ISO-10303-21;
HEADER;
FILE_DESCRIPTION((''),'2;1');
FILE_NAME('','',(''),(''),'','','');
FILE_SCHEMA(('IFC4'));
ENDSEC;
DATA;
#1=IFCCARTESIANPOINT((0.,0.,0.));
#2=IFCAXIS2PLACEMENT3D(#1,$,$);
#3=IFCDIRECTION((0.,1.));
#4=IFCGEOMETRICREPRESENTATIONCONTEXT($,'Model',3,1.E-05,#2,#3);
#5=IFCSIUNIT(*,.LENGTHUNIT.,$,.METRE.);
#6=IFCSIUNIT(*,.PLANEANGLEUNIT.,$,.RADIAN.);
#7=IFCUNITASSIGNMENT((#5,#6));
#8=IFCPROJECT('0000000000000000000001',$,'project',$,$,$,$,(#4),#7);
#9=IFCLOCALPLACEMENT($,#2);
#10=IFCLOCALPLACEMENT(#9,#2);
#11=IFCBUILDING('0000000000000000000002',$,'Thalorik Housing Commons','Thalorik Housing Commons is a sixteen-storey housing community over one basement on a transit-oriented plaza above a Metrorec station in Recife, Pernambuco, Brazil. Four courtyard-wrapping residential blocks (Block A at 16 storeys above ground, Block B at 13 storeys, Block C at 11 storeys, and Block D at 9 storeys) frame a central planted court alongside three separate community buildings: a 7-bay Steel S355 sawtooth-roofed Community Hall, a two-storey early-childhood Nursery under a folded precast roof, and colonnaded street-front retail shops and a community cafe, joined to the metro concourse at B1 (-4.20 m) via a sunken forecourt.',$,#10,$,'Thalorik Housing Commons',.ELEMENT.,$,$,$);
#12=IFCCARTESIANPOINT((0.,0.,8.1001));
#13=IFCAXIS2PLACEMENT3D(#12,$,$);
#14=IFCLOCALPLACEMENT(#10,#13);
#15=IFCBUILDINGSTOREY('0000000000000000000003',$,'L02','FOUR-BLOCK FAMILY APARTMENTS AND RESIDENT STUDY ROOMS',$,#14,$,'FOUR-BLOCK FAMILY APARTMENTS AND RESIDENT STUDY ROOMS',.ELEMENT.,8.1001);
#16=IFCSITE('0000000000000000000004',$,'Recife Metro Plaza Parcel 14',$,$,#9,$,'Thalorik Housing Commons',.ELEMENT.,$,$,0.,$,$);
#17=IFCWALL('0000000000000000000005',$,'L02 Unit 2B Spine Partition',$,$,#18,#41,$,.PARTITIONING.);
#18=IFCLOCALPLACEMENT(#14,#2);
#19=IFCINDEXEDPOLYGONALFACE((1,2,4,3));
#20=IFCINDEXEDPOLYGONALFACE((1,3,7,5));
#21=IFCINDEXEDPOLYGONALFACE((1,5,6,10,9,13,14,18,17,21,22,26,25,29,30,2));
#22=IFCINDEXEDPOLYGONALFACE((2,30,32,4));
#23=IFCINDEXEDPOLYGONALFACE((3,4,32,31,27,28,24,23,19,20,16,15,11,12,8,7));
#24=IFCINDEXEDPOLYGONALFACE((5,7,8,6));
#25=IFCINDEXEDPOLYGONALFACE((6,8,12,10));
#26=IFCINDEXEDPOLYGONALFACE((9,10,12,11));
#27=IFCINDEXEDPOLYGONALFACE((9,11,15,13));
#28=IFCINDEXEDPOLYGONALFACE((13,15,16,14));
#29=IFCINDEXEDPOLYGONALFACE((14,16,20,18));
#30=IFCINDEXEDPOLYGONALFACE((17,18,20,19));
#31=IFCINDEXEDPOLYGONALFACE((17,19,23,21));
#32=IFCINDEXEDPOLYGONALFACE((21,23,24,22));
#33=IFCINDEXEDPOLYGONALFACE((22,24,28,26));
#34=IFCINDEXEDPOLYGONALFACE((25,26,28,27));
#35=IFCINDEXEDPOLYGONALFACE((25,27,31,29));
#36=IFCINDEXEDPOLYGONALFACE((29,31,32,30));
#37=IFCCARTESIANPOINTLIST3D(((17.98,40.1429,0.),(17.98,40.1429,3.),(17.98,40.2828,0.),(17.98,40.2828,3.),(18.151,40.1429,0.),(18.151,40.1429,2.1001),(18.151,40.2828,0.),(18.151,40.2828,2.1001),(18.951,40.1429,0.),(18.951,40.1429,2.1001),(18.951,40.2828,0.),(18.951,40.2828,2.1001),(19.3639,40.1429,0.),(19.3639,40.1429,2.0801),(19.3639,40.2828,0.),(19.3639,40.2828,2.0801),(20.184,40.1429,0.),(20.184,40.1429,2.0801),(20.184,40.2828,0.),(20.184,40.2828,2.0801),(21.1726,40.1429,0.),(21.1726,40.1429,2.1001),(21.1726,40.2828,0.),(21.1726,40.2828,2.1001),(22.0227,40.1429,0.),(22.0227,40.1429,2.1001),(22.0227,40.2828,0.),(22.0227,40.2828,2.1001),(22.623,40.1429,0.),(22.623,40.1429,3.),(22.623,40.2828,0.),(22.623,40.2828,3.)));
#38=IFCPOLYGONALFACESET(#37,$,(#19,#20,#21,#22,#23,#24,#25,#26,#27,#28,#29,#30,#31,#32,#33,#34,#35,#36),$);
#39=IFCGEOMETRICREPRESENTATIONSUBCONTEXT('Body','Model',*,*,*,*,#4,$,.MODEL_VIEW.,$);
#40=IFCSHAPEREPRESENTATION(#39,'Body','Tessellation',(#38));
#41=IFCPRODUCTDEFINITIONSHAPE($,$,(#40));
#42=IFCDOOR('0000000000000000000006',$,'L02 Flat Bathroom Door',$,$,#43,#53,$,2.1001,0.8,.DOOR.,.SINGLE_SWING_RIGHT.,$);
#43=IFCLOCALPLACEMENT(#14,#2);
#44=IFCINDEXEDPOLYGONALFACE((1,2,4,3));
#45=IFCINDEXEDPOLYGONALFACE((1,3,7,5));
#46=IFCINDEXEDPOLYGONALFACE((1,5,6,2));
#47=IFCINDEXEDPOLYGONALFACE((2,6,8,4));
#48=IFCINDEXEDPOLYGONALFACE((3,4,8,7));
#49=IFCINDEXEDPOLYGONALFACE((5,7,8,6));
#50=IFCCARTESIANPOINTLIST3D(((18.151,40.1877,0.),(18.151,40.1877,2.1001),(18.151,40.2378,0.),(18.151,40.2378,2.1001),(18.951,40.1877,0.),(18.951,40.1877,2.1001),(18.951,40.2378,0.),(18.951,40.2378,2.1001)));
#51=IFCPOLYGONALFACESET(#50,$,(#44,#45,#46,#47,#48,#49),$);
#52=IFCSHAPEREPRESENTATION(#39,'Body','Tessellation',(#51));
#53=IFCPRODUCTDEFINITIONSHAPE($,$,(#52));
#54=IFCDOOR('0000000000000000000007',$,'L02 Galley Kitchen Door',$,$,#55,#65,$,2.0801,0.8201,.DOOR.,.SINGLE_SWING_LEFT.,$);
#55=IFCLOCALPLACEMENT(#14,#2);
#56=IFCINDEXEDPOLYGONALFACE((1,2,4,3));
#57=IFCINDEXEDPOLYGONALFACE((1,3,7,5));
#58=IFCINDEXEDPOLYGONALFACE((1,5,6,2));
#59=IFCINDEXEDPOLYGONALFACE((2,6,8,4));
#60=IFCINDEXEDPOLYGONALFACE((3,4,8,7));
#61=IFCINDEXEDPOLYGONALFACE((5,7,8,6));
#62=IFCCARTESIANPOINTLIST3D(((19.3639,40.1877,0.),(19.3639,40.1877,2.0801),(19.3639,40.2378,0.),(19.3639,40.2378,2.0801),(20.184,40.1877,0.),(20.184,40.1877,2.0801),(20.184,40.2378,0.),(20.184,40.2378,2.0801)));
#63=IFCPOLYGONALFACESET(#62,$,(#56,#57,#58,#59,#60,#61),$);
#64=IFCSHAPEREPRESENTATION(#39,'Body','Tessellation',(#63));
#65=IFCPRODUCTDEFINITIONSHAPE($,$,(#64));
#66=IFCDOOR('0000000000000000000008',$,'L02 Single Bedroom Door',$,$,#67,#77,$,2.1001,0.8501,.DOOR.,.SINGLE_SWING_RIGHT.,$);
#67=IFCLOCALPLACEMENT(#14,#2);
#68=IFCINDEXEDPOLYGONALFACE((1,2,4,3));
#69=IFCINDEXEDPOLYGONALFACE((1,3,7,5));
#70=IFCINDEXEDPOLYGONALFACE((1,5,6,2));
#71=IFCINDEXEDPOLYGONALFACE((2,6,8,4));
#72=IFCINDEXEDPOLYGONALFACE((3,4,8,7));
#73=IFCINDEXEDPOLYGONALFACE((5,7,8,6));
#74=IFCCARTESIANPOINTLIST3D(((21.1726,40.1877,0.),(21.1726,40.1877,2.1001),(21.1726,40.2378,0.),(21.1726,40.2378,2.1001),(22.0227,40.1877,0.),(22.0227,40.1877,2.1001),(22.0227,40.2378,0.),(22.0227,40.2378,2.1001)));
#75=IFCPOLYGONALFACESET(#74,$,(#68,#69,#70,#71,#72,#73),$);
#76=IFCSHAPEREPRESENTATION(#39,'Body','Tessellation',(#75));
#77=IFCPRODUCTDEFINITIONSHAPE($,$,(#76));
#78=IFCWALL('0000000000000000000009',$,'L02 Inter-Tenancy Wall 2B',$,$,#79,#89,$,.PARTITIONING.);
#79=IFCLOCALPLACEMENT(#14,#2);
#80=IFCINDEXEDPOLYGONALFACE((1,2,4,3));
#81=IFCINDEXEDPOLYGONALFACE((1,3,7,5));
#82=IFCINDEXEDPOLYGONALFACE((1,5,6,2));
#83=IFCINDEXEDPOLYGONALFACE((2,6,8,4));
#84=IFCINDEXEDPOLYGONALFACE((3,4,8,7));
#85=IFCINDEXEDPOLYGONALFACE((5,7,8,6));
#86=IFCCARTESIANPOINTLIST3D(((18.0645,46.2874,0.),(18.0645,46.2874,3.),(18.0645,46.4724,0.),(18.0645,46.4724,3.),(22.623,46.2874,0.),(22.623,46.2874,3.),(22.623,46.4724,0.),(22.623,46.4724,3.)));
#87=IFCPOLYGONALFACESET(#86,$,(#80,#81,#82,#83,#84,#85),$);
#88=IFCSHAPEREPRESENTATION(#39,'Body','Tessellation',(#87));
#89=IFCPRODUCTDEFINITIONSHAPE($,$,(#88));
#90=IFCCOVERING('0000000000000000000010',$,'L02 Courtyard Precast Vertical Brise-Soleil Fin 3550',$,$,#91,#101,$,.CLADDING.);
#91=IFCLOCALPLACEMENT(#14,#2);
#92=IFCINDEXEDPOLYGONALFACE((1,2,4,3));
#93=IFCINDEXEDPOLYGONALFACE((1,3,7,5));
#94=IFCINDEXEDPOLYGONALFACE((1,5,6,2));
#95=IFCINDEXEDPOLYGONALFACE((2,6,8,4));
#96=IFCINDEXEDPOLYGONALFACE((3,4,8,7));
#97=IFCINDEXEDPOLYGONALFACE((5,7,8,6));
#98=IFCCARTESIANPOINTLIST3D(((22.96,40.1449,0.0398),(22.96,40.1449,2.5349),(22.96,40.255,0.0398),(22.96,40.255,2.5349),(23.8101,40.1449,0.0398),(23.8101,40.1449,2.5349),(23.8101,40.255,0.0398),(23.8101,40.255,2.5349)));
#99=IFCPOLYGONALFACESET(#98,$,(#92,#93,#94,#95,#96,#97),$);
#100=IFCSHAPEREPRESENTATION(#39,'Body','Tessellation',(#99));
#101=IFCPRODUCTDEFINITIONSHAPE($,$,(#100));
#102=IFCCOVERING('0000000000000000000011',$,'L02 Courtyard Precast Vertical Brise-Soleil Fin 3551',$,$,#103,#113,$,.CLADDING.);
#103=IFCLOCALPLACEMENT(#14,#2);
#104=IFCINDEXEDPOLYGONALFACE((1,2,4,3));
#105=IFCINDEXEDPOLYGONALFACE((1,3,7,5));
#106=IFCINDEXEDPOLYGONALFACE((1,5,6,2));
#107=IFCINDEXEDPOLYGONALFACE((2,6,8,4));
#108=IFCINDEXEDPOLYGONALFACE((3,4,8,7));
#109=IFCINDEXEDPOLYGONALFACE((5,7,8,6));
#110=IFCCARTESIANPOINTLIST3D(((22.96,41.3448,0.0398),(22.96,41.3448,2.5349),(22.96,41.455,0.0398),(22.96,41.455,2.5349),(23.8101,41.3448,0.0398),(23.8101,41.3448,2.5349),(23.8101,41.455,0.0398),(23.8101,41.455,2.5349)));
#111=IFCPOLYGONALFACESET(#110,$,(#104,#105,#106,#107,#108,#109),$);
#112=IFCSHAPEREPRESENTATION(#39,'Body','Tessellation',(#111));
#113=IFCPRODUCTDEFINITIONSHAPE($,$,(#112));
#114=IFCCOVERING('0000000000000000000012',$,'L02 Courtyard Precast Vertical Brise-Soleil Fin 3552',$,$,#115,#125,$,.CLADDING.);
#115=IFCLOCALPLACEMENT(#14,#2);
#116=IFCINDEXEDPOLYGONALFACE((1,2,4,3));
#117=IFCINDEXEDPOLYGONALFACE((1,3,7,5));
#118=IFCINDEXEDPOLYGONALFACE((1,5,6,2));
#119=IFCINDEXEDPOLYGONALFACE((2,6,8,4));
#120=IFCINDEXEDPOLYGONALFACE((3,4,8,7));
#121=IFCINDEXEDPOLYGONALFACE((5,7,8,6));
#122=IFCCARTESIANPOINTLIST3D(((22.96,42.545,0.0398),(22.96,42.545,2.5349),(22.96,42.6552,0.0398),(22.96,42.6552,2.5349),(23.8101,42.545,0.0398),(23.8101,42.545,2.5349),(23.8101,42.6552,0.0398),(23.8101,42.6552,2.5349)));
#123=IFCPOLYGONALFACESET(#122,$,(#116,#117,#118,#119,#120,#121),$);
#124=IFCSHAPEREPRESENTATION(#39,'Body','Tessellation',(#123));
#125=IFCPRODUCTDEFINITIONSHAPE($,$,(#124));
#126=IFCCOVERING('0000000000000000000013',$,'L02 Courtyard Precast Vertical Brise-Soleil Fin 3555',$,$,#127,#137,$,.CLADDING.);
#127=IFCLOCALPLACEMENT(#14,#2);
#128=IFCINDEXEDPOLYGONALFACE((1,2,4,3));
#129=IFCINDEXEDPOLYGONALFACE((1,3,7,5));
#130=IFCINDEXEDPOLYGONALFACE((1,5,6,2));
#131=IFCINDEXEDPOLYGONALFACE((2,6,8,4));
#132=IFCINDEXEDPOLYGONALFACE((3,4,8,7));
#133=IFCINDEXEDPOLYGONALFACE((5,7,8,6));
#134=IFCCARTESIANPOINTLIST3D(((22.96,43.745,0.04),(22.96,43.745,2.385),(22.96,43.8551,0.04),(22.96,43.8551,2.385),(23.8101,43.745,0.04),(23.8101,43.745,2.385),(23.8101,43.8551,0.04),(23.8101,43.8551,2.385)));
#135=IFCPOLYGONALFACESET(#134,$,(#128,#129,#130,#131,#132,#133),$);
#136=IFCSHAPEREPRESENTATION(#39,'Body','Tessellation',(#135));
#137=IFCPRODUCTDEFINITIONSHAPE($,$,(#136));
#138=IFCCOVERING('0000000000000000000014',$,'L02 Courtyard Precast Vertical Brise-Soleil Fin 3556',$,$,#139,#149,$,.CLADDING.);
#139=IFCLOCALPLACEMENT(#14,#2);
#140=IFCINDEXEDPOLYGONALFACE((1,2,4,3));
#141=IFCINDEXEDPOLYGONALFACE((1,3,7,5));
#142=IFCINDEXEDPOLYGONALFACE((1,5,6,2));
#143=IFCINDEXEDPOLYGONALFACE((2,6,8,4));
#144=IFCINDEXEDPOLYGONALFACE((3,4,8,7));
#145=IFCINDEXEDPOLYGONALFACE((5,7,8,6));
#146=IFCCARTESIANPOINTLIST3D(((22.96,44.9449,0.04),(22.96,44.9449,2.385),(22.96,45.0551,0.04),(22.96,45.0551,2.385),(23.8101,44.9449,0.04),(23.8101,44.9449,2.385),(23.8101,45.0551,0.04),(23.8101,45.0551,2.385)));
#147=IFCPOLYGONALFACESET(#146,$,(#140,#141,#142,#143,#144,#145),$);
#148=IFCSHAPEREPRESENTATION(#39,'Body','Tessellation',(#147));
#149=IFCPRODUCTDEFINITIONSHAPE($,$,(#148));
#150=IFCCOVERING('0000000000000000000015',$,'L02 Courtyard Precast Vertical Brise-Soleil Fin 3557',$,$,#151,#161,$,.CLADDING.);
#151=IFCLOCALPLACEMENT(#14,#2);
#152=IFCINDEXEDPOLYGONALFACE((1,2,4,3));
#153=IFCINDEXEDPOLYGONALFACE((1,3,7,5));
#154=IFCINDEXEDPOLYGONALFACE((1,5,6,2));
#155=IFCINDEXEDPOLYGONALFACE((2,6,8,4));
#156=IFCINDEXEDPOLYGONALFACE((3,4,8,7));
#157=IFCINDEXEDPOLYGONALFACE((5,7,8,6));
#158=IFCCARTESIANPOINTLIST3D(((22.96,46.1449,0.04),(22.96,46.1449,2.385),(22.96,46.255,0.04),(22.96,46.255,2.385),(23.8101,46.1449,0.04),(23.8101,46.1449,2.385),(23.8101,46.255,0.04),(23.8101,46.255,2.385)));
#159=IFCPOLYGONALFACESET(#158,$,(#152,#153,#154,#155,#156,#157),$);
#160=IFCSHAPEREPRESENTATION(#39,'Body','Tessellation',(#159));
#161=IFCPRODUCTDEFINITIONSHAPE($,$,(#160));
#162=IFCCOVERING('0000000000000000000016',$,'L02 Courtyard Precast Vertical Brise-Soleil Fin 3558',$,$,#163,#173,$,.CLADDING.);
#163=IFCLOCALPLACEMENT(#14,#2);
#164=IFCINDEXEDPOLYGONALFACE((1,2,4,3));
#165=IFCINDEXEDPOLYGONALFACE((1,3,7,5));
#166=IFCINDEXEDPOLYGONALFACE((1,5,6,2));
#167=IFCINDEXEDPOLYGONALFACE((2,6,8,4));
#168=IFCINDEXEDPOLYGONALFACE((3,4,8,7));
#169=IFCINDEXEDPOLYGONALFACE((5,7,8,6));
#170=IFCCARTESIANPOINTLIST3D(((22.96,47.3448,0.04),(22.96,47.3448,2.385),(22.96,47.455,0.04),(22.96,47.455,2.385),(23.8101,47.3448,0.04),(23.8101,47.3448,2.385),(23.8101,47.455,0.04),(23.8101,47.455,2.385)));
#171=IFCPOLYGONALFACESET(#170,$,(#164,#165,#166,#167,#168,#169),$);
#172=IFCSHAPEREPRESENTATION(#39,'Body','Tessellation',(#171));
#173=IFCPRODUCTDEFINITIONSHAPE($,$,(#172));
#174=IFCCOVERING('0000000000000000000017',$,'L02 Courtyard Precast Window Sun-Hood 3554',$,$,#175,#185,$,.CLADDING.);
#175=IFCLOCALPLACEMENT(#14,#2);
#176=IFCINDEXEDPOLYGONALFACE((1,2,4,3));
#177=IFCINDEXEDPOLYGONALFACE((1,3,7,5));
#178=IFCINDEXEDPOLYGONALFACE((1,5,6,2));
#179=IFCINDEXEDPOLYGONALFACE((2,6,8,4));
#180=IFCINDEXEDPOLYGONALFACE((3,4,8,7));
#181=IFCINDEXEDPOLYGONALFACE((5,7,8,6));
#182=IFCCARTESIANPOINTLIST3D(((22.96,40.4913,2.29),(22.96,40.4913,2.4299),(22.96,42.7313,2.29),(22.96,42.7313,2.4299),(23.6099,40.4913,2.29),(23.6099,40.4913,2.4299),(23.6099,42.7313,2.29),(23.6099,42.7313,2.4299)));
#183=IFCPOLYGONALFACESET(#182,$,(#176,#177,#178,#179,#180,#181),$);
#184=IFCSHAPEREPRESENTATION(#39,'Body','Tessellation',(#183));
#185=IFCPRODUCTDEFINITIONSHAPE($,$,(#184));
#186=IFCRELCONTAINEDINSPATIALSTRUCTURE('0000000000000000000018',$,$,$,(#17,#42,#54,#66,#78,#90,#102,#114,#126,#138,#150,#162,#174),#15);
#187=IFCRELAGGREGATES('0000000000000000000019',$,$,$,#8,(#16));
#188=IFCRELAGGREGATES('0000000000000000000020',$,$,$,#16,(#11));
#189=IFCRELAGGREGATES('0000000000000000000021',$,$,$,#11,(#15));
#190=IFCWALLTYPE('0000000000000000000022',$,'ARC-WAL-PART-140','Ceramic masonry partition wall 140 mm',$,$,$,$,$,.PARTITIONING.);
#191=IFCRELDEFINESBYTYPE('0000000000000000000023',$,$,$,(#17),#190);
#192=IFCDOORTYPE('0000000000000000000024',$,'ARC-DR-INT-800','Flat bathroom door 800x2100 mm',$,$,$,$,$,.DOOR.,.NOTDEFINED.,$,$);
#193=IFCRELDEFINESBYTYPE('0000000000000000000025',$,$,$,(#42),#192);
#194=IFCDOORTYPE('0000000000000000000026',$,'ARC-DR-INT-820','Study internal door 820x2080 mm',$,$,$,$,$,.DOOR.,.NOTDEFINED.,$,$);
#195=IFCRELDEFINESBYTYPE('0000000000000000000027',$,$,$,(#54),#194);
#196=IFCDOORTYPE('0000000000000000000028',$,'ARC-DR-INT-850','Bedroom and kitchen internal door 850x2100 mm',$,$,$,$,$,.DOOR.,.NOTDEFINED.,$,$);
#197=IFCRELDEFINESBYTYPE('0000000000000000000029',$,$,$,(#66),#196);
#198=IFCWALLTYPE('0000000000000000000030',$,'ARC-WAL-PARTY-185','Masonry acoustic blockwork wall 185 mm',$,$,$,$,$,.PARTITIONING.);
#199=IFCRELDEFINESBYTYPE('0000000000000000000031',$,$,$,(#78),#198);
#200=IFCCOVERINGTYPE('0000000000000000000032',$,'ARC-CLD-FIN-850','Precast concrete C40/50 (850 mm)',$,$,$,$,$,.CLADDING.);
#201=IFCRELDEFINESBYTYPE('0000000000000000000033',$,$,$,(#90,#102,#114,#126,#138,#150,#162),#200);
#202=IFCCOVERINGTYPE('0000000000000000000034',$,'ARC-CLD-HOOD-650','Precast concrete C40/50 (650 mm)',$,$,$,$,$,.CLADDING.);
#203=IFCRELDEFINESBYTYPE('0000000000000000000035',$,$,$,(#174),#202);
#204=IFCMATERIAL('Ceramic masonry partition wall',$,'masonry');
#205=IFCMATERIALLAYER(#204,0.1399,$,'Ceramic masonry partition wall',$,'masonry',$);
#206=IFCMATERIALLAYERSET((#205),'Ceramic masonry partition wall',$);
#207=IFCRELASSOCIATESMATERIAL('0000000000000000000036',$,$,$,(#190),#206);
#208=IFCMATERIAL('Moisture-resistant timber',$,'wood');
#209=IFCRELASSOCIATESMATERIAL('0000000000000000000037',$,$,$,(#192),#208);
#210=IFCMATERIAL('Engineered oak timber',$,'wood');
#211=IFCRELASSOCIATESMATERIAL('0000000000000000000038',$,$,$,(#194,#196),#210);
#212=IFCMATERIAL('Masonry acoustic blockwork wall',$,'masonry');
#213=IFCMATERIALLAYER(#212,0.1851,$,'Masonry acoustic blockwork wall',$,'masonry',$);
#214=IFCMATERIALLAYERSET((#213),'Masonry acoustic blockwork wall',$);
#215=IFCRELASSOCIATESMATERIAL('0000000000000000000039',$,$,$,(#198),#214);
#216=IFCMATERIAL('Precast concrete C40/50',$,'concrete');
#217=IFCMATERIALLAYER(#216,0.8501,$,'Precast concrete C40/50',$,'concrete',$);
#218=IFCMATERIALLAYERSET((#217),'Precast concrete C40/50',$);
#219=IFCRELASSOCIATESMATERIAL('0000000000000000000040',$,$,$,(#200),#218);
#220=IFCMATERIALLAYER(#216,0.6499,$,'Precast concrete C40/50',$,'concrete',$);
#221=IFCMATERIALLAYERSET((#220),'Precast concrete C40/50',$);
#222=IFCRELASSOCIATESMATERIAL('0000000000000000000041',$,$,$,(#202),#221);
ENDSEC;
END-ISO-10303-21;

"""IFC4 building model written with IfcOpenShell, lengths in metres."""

from ifc_helpers import new_model, si_unit, direction, frame, frame_2d, origin, origin_2d, place, context, subcontext, project, spatial, rectangle, extrude, material, layer, layer_set, type_object, element, fill, save


model = new_model("IFC4")

# Units and contexts
model_context = context("Model", 3, precision=1e-05, world=origin(), true_north=direction((0.0, 1.0)))
body_context = subcontext(model_context, "Body", "Model", "MODEL_VIEW")
ifc_project = project(units=[si_unit("LENGTHUNIT", "METRE"), si_unit("PLANEANGLEUNIT", "RADIAN")], contexts=[model_context])

# Site, building, storey
site_placement = place(None, origin())
site = spatial("IfcSite", under=ifc_project, at=site_placement, Name="Recife Metro Plaza Parcel 14", LongName="Thalorik Housing Commons", CompositionType="ELEMENT", RefElevation=0.0)
building_placement = place(site_placement, origin())
building = spatial("IfcBuilding", under=site, at=building_placement, Name="Thalorik Housing Commons", Description="Thalorik Housing Commons is a sixteen-storey housing community over one basement on a transit-oriented plaza above a Metrorec station in Recife, Pernambuco, Brazil. Four courtyard-wrapping residential blocks (Block A at 16 storeys above ground, Block B at 13 storeys, Block C at 11 storeys, and Block D at 9 storeys) frame a central planted court alongside three separate community buildings: a 7-bay Steel S355 sawtooth-roofed Community Hall, a two-storey early-childhood Nursery under a folded precast roof, and colonnaded street-front retail shops and a community cafe, joined to the metro concourse at B1 (-4.20 m) via a sunken forecourt.", LongName="Thalorik Housing Commons", CompositionType="ELEMENT")
storey_placement = place(building_placement, frame((0.0, 0.0, 8.1001)))
storey = spatial("IfcBuildingStorey", under=building, at=storey_placement, Name="L02", Description="FOUR-BLOCK FAMILY APARTMENTS AND RESIDENT STUDY ROOMS", LongName="FOUR-BLOCK FAMILY APARTMENTS AND RESIDENT STUDY ROOMS", CompositionType="ELEMENT", Elevation=8.1001)

# Shared definitions
ifc_material_1 = material(Name="Precast concrete C40/50", Category="concrete")

# Wall, openings, doors
ifc_material_2 = material(Name="Ceramic masonry partition wall", Category="masonry")
ifc_layer_1 = layer(ifc_material_2, 0.1399, Name="Ceramic masonry partition wall", Category="masonry")
ifc_layer_set_1 = layer_set([ifc_layer_1], Name="Ceramic masonry partition wall")
wall_type_1 = type_object("IfcWallType", Name="ARC-WAL-PART-140", Description="Ceramic masonry partition wall 140 mm", PredefinedType="PARTITIONING", material=ifc_layer_set_1)
wall_1_placement = place(storey_placement, frame((17.98, 40.2129, 0.0), z_axis=(0.0, 0.0, 1.0), x_axis=(1.0, 0.0, 0.0)))
wall_1 = element("IfcWall", 1, at=wall_1_placement, inside=storey, type_object=wall_type_1, Name="L02 Unit 2B Spine Partition", PredefinedType="PARTITIONING", context=body_context, shape_type="SweptSolid", body=[
    extrude(rectangle(XDim=4.6431, YDim=0.1399, at=frame_2d((2.3215, 0.0))), origin(), (0.0, 0.0, 1.0), 3.0),
])
opening_1_placement = place(wall_1_placement, frame((0.1711, 0.0, 0.0)))
opening_1 = element("IfcOpeningElement", 2, at=opening_1_placement, cuts=wall_1, PredefinedType="OPENING", context=body_context, shape_type="SweptSolid", body=[
    extrude(rectangle(XDim=0.8, YDim=2.1001, at=frame_2d((0.3999, 1.05))), frame((0.0, 0.0801, 0.0), z_axis=(0.0, -1.0, 0.0), x_axis=(1.0, 0.0, 0.0)), (0.0, 0.0, 1.0), 0.1599),
])
opening_2_placement = place(wall_1_placement, frame((1.3838, 0.0, 0.0)))
opening_2 = element("IfcOpeningElement", 3, at=opening_2_placement, cuts=wall_1, PredefinedType="OPENING", context=body_context, shape_type="SweptSolid", body=[
    extrude(rectangle(XDim=0.8201, YDim=2.0801, at=frame_2d((0.4102, 1.04))), frame((0.0, 0.0801, 0.0), z_axis=(0.0, -1.0, 0.0), x_axis=(1.0, 0.0, 0.0)), (0.0, 0.0, 1.0), 0.1599),
])
opening_3_placement = place(wall_1_placement, frame((3.1926, 0.0, 0.0)))
opening_3 = element("IfcOpeningElement", 4, at=opening_3_placement, cuts=wall_1, PredefinedType="OPENING", context=body_context, shape_type="SweptSolid", body=[
    extrude(rectangle(XDim=0.8501, YDim=2.1001, at=frame_2d((0.425, 1.05))), frame((0.0, 0.0801, 0.0), z_axis=(0.0, -1.0, 0.0), x_axis=(1.0, 0.0, 0.0)), (0.0, 0.0, 1.0), 0.1599),
])
ifc_material_3 = material(Name="Moisture-resistant timber", Category="wood")
door_type_1 = type_object("IfcDoorType", Name="ARC-DR-INT-800", Description="Flat bathroom door 800x2100 mm", OperationType="NOTDEFINED", PredefinedType="DOOR", material=ifc_material_3)
door_1_placement = place(opening_1_placement, origin())
door_1 = element("IfcDoor", 5, at=door_1_placement, inside=storey, type_object=door_type_1, Name="L02 Flat Bathroom Door", OperationType="SINGLE_SWING_RIGHT", OverallHeight=2.1001, OverallWidth=0.8, PredefinedType="DOOR", context=body_context, shape_type="SweptSolid", body=[
    extrude(rectangle(XDim=0.8, YDim=2.1001, at=frame_2d((0.3999, 1.05))), frame((0.0, 0.0249, 0.0), z_axis=(0.0, -1.0, 0.0), x_axis=(1.0, 0.0, 0.0)), (0.0, 0.0, 1.0), 0.05),
])
fill(opening_1, door_1)
ifc_material_4 = material(Name="Engineered oak timber", Category="wood")
door_type_2 = type_object("IfcDoorType", Name="ARC-DR-INT-820", Description="Study internal door 820x2080 mm", OperationType="NOTDEFINED", PredefinedType="DOOR", material=ifc_material_4)
door_2_placement = place(opening_2_placement, origin())
door_2 = element("IfcDoor", 6, at=door_2_placement, inside=storey, type_object=door_type_2, Name="L02 Galley Kitchen Door", OperationType="SINGLE_SWING_LEFT", OverallHeight=2.0801, OverallWidth=0.8201, PredefinedType="DOOR", context=body_context, shape_type="SweptSolid", body=[
    extrude(rectangle(XDim=0.8201, YDim=2.0801, at=frame_2d((0.4102, 1.04))), frame((0.0, 0.0249, 0.0), z_axis=(0.0, -1.0, 0.0), x_axis=(1.0, 0.0, 0.0)), (0.0, 0.0, 1.0), 0.05),
])
fill(opening_2, door_2)
door_type_3 = type_object("IfcDoorType", Name="ARC-DR-INT-850", Description="Bedroom and kitchen internal door 850x2100 mm", OperationType="NOTDEFINED", PredefinedType="DOOR", material=ifc_material_4)
door_3_placement = place(opening_3_placement, origin())
door_3 = element("IfcDoor", 7, at=door_3_placement, inside=storey, type_object=door_type_3, Name="L02 Single Bedroom Door", OperationType="SINGLE_SWING_RIGHT", OverallHeight=2.1001, OverallWidth=0.8501, PredefinedType="DOOR", context=body_context, shape_type="SweptSolid", body=[
    extrude(rectangle(XDim=0.8501, YDim=2.1001, at=frame_2d((0.425, 1.05))), frame((0.0, 0.0249, 0.0), z_axis=(0.0, -1.0, 0.0), x_axis=(1.0, 0.0, 0.0)), (0.0, 0.0, 1.0), 0.05),
])
fill(opening_3, door_3)

# Wall
ifc_material_5 = material(Name="Masonry acoustic blockwork wall", Category="masonry")
ifc_layer_2 = layer(ifc_material_5, 0.1851, Name="Masonry acoustic blockwork wall", Category="masonry")
ifc_layer_set_2 = layer_set([ifc_layer_2], Name="Masonry acoustic blockwork wall")
wall_type_2 = type_object("IfcWallType", Name="ARC-WAL-PARTY-185", Description="Masonry acoustic blockwork wall 185 mm", PredefinedType="PARTITIONING", material=ifc_layer_set_2)
wall_2_placement = place(storey_placement, frame((18.0645, 46.3799, 0.0), z_axis=(0.0, 0.0, 1.0), x_axis=(1.0, 0.0, 0.0)))
element("IfcWall", 8, at=wall_2_placement, inside=storey, type_object=wall_type_2, Name="L02 Inter-Tenancy Wall 2B", PredefinedType="PARTITIONING", context=body_context, shape_type="SweptSolid", body=[
    extrude(rectangle(XDim=4.5586, YDim=0.1851, at=frame_2d((2.2793, 0.0))), origin(), (0.0, 0.0, 1.0), 3.0),
])

# Coverings
ifc_layer_3 = layer(ifc_material_1, 0.8501, Name="Precast concrete C40/50", Category="concrete")
ifc_layer_set_3 = layer_set([ifc_layer_3], Name="Precast concrete C40/50")
covering_type_1 = type_object("IfcCoveringType", Name="ARC-CLD-FIN-850", Description="Precast concrete C40/50 (850 mm)", PredefinedType="CLADDING", material=ifc_layer_set_3)
for number, where, z_axis, x_axis, name in (
    (9, (23.385, 40.2, 0.0398), (0.0, 0.0, 1.0), (0.0, 1.0, 0.0), "L02 Courtyard Precast Vertical Brise-Soleil Fin 3550"),
    (10, (23.385, 41.3999, 0.0398), (0.0, 0.0, 1.0), (0.0, 1.0, 0.0), "L02 Courtyard Precast Vertical Brise-Soleil Fin 3551"),
    (11, (23.385, 42.6001, 0.0398), (0.0, 0.0, 1.0), (0.0, 1.0, 0.0), "L02 Courtyard Precast Vertical Brise-Soleil Fin 3552"),
):
    element("IfcCovering", number, at=place(storey_placement, frame(where, z_axis=z_axis, x_axis=x_axis)), inside=storey, type_object=covering_type_1, Name=name, PredefinedType="CLADDING", context=body_context, shape_type="SweptSolid", body=[
        extrude(rectangle(XDim=0.1101, YDim=0.8501, at=origin_2d()), origin(), (0.0, 0.0, 1.0), 2.4951),
    ])
for number, where, z_axis, x_axis, name in (
    (12, (23.385, 43.8, 0.04), (0.0, 0.0, 1.0), (0.0, 1.0, 0.0), "L02 Courtyard Precast Vertical Brise-Soleil Fin 3555"),
    (13, (23.385, 45.0, 0.04), (0.0, 0.0, 1.0), (0.0, 1.0, 0.0), "L02 Courtyard Precast Vertical Brise-Soleil Fin 3556"),
    (14, (23.385, 46.2, 0.04), (0.0, 0.0, 1.0), (0.0, 1.0, 0.0), "L02 Courtyard Precast Vertical Brise-Soleil Fin 3557"),
    (15, (23.385, 47.3999, 0.04), (0.0, 0.0, 1.0), (0.0, 1.0, 0.0), "L02 Courtyard Precast Vertical Brise-Soleil Fin 3558"),
):
    element("IfcCovering", number, at=place(storey_placement, frame(where, z_axis=z_axis, x_axis=x_axis)), inside=storey, type_object=covering_type_1, Name=name, PredefinedType="CLADDING", context=body_context, shape_type="SweptSolid", body=[
        extrude(rectangle(XDim=0.1101, YDim=0.8501, at=origin_2d()), origin(), (0.0, 0.0, 1.0), 2.345),
    ])
ifc_layer_4 = layer(ifc_material_1, 0.6499, Name="Precast concrete C40/50", Category="concrete")
ifc_layer_set_4 = layer_set([ifc_layer_4], Name="Precast concrete C40/50")
covering_type_2 = type_object("IfcCoveringType", Name="ARC-CLD-HOOD-650", Description="Precast concrete C40/50 (650 mm)", PredefinedType="CLADDING", material=ifc_layer_set_4)
covering_1_placement = place(storey_placement, frame((23.2849, 41.6113, 2.29), z_axis=(0.0, 0.0, 1.0), x_axis=(0.0, 1.0, 0.0)))
element("IfcCovering", 16, at=covering_1_placement, inside=storey, type_object=covering_type_2, Name="L02 Courtyard Precast Window Sun-Hood 3554", PredefinedType="CLADDING", context=body_context, shape_type="SweptSolid", body=[
    extrude(rectangle(XDim=2.24, YDim=0.6499, at=origin_2d()), origin(), (0.0, 0.0, 1.0), 0.1399),
])

save(model, "model.ifc")
